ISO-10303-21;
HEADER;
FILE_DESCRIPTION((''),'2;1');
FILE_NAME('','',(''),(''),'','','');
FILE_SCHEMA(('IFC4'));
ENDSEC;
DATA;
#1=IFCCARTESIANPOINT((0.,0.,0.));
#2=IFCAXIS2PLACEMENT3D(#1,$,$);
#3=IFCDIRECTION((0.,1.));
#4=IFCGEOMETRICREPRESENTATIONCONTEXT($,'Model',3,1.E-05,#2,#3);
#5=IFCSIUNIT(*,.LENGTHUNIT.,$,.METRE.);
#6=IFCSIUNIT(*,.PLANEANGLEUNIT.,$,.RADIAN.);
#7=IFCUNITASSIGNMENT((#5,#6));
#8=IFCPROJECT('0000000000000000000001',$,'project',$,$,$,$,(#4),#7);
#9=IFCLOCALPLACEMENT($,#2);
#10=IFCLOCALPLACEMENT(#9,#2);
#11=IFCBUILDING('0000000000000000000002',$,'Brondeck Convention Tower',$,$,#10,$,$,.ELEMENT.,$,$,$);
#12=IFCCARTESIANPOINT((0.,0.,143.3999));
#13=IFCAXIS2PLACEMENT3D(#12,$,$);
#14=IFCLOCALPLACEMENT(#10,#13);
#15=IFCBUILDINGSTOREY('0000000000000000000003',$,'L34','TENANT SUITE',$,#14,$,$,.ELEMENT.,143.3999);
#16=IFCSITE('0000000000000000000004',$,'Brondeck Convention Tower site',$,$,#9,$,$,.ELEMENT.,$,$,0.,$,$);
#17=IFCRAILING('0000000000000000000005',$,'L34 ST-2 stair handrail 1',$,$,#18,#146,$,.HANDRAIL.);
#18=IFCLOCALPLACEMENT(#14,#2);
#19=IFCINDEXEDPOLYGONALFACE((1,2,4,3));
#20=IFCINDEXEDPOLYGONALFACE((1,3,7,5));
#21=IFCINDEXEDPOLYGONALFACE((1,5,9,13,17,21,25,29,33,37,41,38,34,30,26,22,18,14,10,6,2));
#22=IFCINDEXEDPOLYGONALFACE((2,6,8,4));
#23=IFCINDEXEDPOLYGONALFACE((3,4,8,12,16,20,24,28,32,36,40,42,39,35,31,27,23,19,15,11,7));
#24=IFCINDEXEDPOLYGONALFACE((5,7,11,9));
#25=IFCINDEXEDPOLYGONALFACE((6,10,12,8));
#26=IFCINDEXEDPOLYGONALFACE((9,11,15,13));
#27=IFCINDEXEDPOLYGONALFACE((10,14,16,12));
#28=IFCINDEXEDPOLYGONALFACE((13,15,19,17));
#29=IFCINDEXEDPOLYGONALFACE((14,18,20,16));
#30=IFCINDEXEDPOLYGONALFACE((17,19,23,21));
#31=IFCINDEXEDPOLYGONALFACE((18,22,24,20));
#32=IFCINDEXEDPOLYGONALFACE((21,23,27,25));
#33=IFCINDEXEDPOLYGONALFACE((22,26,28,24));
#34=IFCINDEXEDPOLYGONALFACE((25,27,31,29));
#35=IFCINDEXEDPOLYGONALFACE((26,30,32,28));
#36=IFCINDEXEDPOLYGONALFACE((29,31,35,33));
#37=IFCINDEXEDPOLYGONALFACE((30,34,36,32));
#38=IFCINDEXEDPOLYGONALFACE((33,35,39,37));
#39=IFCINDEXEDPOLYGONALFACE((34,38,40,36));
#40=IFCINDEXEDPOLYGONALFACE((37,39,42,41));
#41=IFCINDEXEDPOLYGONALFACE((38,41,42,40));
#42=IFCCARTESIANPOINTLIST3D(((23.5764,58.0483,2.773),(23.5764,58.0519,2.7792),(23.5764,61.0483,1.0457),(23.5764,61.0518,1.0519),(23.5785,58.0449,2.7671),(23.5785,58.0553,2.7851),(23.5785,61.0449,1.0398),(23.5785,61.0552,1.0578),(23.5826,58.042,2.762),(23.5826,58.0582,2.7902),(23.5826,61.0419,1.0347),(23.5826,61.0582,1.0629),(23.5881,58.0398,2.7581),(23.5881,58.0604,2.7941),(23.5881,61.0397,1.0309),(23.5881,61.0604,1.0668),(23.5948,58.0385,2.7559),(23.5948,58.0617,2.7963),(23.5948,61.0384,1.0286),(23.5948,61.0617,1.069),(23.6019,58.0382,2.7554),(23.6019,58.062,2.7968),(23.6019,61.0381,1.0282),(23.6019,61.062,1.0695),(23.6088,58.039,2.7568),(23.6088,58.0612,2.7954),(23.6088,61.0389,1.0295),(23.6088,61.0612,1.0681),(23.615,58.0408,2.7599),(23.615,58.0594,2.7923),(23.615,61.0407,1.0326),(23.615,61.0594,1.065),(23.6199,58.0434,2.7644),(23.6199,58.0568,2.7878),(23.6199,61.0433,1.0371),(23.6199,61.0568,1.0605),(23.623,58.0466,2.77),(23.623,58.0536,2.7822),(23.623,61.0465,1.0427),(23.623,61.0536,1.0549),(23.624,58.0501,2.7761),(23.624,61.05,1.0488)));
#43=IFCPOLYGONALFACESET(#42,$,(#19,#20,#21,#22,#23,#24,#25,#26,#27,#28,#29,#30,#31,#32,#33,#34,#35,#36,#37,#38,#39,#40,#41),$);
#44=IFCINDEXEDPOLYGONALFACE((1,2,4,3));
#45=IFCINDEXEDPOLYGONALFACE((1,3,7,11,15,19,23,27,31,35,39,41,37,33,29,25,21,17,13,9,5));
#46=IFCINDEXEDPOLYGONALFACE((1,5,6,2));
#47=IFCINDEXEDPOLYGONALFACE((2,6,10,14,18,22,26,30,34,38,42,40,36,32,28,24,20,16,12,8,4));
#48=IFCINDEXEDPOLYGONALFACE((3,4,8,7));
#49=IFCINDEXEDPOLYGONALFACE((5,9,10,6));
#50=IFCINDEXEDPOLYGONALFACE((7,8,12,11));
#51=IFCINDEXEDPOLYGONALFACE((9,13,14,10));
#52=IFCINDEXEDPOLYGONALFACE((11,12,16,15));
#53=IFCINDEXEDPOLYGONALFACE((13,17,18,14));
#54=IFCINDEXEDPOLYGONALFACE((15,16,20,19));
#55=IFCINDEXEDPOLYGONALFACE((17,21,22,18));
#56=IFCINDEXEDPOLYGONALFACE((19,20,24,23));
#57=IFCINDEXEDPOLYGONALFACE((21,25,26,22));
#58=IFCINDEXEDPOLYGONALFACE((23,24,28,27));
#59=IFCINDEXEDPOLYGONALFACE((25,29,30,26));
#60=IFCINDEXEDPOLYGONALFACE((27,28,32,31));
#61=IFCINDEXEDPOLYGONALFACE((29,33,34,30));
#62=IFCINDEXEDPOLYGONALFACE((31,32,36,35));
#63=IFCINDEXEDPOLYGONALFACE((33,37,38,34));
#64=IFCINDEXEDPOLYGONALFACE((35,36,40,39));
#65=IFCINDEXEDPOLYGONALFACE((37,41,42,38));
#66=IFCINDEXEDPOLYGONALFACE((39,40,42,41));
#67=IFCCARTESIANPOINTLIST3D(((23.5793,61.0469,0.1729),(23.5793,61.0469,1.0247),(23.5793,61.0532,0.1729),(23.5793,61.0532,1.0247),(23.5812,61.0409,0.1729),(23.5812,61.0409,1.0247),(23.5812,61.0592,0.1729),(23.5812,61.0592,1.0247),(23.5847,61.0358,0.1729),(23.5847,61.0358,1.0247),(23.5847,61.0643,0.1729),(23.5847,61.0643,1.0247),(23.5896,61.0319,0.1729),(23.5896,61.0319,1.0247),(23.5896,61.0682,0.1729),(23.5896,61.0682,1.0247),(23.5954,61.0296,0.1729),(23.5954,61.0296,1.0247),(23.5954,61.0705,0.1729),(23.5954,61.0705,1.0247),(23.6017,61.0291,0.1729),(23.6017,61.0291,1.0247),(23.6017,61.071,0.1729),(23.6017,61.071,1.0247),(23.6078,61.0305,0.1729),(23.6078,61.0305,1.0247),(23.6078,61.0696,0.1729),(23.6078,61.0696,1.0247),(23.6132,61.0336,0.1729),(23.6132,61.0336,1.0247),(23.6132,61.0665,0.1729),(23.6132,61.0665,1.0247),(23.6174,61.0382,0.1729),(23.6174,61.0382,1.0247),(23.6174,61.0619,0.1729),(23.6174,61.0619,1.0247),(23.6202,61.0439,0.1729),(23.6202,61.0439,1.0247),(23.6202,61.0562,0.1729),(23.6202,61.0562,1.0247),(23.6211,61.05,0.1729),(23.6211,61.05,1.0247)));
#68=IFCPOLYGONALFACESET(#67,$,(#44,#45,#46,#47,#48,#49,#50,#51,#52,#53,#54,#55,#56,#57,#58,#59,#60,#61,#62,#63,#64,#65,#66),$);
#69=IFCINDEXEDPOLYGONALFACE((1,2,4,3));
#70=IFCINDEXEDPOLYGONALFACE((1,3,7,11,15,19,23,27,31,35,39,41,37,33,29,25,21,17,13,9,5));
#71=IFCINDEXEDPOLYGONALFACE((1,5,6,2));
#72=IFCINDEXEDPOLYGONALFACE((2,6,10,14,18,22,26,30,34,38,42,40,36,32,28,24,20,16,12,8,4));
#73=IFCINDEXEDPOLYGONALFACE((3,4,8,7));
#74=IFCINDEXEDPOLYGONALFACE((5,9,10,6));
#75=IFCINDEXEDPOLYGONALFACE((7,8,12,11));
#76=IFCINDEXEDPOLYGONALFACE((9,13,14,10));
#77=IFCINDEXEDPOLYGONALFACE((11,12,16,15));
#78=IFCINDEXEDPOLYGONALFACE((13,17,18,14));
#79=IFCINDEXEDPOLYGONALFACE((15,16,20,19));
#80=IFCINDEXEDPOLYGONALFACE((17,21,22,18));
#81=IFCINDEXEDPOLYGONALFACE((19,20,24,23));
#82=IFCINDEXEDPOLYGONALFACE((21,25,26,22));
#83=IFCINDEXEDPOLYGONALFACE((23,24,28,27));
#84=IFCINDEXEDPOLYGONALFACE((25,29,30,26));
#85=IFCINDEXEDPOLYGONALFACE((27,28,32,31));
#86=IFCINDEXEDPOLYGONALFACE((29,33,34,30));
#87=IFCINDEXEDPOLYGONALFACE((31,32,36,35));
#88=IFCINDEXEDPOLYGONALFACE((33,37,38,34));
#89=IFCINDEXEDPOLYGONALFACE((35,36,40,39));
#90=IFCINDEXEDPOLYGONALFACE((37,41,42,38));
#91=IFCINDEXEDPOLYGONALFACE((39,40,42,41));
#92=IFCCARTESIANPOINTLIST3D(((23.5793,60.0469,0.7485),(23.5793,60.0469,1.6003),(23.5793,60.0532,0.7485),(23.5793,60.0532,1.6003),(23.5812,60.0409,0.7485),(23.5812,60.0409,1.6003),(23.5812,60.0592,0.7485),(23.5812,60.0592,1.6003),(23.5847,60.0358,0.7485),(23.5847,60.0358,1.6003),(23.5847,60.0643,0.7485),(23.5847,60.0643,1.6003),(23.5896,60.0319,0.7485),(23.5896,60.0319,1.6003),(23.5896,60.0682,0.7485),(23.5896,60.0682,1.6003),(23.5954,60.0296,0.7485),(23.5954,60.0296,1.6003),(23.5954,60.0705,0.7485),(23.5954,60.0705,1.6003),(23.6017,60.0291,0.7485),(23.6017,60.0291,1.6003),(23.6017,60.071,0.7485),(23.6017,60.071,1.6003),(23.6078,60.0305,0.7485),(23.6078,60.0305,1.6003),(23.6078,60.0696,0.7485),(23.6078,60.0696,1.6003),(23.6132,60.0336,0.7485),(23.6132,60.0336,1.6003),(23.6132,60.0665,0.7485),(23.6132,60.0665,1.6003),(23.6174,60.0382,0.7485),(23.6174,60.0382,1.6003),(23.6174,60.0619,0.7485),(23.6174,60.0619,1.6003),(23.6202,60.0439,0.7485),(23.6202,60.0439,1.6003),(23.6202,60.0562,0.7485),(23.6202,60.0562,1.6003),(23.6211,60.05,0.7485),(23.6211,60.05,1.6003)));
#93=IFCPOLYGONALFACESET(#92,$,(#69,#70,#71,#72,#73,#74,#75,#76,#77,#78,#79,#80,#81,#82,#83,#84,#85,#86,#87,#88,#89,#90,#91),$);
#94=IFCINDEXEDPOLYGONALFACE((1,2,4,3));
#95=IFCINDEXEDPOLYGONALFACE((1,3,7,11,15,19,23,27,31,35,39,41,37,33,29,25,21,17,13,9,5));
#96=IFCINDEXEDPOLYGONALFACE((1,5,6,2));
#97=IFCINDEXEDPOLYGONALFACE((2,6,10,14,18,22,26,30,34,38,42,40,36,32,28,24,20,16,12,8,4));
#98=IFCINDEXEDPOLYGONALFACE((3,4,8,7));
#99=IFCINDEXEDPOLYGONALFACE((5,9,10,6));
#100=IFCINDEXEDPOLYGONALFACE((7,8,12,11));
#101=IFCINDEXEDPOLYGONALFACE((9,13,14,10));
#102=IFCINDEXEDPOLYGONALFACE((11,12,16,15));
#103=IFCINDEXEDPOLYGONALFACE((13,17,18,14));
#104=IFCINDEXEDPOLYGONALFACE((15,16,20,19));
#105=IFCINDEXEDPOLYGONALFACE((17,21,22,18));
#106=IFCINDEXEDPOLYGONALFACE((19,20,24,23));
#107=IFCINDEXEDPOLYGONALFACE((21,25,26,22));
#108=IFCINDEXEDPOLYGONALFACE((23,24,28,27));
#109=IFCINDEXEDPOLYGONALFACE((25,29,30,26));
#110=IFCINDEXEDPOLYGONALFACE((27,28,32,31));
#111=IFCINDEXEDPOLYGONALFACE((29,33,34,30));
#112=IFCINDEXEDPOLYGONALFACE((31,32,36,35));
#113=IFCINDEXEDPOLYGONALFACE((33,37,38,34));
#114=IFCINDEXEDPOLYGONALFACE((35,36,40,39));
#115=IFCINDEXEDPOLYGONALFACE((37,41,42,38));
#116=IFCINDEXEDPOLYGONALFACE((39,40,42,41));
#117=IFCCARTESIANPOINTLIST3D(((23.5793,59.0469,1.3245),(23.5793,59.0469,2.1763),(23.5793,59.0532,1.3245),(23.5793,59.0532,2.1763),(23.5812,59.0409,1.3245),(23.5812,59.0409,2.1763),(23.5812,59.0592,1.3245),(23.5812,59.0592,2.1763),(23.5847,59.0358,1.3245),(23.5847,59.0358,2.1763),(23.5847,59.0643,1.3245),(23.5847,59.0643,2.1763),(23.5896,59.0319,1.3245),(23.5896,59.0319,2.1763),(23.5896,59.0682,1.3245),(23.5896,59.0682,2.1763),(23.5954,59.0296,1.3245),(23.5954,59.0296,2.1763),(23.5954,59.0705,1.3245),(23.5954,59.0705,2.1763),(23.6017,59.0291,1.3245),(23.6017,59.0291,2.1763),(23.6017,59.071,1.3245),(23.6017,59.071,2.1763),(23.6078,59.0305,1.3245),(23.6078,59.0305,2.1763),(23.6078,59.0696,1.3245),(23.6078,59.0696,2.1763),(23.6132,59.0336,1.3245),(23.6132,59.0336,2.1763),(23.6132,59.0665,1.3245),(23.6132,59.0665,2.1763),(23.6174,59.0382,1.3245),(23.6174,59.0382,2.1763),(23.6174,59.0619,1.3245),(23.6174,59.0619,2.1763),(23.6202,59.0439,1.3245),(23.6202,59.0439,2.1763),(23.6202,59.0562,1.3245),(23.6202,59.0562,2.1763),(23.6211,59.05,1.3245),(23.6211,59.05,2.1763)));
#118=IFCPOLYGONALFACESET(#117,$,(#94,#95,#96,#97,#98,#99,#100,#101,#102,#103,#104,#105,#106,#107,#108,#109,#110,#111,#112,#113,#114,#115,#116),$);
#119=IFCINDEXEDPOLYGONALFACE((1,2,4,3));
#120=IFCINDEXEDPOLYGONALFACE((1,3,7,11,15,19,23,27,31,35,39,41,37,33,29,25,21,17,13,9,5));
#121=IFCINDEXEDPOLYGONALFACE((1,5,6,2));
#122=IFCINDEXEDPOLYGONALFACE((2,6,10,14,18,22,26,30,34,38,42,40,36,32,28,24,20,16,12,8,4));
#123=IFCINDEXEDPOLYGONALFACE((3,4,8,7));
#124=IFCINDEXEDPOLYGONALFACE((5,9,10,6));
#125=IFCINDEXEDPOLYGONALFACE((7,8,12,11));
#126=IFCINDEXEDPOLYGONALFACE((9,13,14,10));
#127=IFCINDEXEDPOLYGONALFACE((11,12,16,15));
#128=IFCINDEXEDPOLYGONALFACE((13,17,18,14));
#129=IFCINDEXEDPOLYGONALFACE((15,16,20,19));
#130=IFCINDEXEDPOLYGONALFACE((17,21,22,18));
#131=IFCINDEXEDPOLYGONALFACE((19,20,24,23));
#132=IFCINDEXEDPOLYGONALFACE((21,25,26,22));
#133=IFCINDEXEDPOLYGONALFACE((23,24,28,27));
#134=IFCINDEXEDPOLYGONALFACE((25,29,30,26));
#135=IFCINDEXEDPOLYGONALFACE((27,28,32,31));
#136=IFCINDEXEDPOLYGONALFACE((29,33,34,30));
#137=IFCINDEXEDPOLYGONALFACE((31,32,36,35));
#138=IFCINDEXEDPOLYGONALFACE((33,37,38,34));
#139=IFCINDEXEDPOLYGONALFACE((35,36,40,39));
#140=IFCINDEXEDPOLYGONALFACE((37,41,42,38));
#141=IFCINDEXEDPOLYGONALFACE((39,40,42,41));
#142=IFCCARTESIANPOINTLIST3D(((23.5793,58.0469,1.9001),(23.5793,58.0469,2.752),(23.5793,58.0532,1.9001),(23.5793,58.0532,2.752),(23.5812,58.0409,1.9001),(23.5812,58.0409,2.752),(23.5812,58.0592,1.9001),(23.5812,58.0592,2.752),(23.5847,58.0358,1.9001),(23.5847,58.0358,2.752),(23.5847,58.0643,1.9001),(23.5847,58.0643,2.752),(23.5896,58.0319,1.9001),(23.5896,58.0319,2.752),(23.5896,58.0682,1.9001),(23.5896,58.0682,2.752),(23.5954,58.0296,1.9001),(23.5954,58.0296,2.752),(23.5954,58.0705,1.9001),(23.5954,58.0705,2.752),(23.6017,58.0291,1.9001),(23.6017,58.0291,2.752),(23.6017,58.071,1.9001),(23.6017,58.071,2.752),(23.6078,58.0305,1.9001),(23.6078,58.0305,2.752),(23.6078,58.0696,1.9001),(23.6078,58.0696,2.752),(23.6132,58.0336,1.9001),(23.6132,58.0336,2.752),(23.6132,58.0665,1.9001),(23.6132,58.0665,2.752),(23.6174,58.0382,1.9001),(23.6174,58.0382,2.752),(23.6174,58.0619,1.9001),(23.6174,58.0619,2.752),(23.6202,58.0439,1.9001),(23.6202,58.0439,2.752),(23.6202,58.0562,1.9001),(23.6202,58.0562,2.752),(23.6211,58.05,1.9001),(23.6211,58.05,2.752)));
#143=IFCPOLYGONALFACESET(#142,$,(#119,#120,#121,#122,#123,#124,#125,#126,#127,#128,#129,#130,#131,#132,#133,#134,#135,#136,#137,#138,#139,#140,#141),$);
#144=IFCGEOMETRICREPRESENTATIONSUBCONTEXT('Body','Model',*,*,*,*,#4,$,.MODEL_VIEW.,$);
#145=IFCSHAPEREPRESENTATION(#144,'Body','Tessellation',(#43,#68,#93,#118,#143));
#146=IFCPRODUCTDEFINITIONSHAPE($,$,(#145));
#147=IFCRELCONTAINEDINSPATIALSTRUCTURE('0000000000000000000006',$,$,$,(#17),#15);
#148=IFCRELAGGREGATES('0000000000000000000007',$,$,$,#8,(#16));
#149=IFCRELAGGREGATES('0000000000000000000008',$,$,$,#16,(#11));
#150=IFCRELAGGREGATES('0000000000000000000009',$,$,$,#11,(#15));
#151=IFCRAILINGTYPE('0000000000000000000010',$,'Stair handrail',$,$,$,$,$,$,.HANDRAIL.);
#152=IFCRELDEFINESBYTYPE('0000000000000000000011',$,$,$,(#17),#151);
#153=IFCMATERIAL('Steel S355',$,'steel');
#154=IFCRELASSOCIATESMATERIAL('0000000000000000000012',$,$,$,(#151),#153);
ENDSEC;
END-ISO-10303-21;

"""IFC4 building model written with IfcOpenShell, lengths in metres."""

from ifc_helpers import new_model, si_unit, direction, frame, origin, origin_2d, place, context, subcontext, project, spatial, circle, extrude, material, type_object, element, save


model = new_model("IFC4")

# Units and contexts
model_context = context("Model", 3, precision=1e-05, world=origin(), true_north=direction((0.0, 1.0)))
body_context = subcontext(model_context, "Body", "Model", "MODEL_VIEW")
ifc_project = project(units=[si_unit("LENGTHUNIT", "METRE"), si_unit("PLANEANGLEUNIT", "RADIAN")], contexts=[model_context])

# Site, building, storey
site_placement = place(None, origin())
site = spatial("IfcSite", under=ifc_project, at=site_placement, Name="Brondeck Convention Tower site", CompositionType="ELEMENT", RefElevation=0.0)
building_placement = place(site_placement, origin())
building = spatial("IfcBuilding", under=site, at=building_placement, Name="Brondeck Convention Tower", CompositionType="ELEMENT")
storey_placement = place(building_placement, frame((0.0, 0.0, 143.3999)))
storey = spatial("IfcBuildingStorey", under=building, at=storey_placement, Name="L34", Description="TENANT SUITE", CompositionType="ELEMENT", Elevation=143.3999)

# Railing
ifc_material_1 = material(Name="Steel S355", Category="steel")
railing_type_1 = type_object("IfcRailingType", Name="Stair handrail", PredefinedType="HANDRAIL", material=ifc_material_1)
railing_1_placement = place(storey_placement, frame((23.6001, 61.05, 0.1729)))
element("IfcRailing", 1, at=railing_1_placement, inside=storey, type_object=railing_type_1, Name="L34 ST-2 stair handrail 1", PredefinedType="HANDRAIL", context=body_context, shape_type="SweptSolid", body=[
    extrude(circle(Radius=0.0239, at=origin_2d()), frame((0.0, 0.0, 0.876), z_axis=(0.0, -0.86662, 0.498969), x_axis=(1.0, 0.0, 0.0)), (0.0, 0.0, 1.0), 3.4617),
    extrude(circle(Radius=0.021, at=origin_2d()), origin(), (0.0, 0.0, 1.0), 0.8518),
    extrude(circle(Radius=0.021, at=origin_2d()), frame((0.0, -1.0, 0.5757)), (0.0, 0.0, 1.0), 0.8518),
    extrude(circle(Radius=0.021, at=origin_2d()), frame((0.0, -2.0, 1.1516)), (0.0, 0.0, 1.0), 0.8518),
    extrude(circle(Radius=0.021, at=origin_2d()), frame((0.0, -3.0, 1.7273)), (0.0, 0.0, 1.0), 0.8518),
])

save(model, "model.ifc")
